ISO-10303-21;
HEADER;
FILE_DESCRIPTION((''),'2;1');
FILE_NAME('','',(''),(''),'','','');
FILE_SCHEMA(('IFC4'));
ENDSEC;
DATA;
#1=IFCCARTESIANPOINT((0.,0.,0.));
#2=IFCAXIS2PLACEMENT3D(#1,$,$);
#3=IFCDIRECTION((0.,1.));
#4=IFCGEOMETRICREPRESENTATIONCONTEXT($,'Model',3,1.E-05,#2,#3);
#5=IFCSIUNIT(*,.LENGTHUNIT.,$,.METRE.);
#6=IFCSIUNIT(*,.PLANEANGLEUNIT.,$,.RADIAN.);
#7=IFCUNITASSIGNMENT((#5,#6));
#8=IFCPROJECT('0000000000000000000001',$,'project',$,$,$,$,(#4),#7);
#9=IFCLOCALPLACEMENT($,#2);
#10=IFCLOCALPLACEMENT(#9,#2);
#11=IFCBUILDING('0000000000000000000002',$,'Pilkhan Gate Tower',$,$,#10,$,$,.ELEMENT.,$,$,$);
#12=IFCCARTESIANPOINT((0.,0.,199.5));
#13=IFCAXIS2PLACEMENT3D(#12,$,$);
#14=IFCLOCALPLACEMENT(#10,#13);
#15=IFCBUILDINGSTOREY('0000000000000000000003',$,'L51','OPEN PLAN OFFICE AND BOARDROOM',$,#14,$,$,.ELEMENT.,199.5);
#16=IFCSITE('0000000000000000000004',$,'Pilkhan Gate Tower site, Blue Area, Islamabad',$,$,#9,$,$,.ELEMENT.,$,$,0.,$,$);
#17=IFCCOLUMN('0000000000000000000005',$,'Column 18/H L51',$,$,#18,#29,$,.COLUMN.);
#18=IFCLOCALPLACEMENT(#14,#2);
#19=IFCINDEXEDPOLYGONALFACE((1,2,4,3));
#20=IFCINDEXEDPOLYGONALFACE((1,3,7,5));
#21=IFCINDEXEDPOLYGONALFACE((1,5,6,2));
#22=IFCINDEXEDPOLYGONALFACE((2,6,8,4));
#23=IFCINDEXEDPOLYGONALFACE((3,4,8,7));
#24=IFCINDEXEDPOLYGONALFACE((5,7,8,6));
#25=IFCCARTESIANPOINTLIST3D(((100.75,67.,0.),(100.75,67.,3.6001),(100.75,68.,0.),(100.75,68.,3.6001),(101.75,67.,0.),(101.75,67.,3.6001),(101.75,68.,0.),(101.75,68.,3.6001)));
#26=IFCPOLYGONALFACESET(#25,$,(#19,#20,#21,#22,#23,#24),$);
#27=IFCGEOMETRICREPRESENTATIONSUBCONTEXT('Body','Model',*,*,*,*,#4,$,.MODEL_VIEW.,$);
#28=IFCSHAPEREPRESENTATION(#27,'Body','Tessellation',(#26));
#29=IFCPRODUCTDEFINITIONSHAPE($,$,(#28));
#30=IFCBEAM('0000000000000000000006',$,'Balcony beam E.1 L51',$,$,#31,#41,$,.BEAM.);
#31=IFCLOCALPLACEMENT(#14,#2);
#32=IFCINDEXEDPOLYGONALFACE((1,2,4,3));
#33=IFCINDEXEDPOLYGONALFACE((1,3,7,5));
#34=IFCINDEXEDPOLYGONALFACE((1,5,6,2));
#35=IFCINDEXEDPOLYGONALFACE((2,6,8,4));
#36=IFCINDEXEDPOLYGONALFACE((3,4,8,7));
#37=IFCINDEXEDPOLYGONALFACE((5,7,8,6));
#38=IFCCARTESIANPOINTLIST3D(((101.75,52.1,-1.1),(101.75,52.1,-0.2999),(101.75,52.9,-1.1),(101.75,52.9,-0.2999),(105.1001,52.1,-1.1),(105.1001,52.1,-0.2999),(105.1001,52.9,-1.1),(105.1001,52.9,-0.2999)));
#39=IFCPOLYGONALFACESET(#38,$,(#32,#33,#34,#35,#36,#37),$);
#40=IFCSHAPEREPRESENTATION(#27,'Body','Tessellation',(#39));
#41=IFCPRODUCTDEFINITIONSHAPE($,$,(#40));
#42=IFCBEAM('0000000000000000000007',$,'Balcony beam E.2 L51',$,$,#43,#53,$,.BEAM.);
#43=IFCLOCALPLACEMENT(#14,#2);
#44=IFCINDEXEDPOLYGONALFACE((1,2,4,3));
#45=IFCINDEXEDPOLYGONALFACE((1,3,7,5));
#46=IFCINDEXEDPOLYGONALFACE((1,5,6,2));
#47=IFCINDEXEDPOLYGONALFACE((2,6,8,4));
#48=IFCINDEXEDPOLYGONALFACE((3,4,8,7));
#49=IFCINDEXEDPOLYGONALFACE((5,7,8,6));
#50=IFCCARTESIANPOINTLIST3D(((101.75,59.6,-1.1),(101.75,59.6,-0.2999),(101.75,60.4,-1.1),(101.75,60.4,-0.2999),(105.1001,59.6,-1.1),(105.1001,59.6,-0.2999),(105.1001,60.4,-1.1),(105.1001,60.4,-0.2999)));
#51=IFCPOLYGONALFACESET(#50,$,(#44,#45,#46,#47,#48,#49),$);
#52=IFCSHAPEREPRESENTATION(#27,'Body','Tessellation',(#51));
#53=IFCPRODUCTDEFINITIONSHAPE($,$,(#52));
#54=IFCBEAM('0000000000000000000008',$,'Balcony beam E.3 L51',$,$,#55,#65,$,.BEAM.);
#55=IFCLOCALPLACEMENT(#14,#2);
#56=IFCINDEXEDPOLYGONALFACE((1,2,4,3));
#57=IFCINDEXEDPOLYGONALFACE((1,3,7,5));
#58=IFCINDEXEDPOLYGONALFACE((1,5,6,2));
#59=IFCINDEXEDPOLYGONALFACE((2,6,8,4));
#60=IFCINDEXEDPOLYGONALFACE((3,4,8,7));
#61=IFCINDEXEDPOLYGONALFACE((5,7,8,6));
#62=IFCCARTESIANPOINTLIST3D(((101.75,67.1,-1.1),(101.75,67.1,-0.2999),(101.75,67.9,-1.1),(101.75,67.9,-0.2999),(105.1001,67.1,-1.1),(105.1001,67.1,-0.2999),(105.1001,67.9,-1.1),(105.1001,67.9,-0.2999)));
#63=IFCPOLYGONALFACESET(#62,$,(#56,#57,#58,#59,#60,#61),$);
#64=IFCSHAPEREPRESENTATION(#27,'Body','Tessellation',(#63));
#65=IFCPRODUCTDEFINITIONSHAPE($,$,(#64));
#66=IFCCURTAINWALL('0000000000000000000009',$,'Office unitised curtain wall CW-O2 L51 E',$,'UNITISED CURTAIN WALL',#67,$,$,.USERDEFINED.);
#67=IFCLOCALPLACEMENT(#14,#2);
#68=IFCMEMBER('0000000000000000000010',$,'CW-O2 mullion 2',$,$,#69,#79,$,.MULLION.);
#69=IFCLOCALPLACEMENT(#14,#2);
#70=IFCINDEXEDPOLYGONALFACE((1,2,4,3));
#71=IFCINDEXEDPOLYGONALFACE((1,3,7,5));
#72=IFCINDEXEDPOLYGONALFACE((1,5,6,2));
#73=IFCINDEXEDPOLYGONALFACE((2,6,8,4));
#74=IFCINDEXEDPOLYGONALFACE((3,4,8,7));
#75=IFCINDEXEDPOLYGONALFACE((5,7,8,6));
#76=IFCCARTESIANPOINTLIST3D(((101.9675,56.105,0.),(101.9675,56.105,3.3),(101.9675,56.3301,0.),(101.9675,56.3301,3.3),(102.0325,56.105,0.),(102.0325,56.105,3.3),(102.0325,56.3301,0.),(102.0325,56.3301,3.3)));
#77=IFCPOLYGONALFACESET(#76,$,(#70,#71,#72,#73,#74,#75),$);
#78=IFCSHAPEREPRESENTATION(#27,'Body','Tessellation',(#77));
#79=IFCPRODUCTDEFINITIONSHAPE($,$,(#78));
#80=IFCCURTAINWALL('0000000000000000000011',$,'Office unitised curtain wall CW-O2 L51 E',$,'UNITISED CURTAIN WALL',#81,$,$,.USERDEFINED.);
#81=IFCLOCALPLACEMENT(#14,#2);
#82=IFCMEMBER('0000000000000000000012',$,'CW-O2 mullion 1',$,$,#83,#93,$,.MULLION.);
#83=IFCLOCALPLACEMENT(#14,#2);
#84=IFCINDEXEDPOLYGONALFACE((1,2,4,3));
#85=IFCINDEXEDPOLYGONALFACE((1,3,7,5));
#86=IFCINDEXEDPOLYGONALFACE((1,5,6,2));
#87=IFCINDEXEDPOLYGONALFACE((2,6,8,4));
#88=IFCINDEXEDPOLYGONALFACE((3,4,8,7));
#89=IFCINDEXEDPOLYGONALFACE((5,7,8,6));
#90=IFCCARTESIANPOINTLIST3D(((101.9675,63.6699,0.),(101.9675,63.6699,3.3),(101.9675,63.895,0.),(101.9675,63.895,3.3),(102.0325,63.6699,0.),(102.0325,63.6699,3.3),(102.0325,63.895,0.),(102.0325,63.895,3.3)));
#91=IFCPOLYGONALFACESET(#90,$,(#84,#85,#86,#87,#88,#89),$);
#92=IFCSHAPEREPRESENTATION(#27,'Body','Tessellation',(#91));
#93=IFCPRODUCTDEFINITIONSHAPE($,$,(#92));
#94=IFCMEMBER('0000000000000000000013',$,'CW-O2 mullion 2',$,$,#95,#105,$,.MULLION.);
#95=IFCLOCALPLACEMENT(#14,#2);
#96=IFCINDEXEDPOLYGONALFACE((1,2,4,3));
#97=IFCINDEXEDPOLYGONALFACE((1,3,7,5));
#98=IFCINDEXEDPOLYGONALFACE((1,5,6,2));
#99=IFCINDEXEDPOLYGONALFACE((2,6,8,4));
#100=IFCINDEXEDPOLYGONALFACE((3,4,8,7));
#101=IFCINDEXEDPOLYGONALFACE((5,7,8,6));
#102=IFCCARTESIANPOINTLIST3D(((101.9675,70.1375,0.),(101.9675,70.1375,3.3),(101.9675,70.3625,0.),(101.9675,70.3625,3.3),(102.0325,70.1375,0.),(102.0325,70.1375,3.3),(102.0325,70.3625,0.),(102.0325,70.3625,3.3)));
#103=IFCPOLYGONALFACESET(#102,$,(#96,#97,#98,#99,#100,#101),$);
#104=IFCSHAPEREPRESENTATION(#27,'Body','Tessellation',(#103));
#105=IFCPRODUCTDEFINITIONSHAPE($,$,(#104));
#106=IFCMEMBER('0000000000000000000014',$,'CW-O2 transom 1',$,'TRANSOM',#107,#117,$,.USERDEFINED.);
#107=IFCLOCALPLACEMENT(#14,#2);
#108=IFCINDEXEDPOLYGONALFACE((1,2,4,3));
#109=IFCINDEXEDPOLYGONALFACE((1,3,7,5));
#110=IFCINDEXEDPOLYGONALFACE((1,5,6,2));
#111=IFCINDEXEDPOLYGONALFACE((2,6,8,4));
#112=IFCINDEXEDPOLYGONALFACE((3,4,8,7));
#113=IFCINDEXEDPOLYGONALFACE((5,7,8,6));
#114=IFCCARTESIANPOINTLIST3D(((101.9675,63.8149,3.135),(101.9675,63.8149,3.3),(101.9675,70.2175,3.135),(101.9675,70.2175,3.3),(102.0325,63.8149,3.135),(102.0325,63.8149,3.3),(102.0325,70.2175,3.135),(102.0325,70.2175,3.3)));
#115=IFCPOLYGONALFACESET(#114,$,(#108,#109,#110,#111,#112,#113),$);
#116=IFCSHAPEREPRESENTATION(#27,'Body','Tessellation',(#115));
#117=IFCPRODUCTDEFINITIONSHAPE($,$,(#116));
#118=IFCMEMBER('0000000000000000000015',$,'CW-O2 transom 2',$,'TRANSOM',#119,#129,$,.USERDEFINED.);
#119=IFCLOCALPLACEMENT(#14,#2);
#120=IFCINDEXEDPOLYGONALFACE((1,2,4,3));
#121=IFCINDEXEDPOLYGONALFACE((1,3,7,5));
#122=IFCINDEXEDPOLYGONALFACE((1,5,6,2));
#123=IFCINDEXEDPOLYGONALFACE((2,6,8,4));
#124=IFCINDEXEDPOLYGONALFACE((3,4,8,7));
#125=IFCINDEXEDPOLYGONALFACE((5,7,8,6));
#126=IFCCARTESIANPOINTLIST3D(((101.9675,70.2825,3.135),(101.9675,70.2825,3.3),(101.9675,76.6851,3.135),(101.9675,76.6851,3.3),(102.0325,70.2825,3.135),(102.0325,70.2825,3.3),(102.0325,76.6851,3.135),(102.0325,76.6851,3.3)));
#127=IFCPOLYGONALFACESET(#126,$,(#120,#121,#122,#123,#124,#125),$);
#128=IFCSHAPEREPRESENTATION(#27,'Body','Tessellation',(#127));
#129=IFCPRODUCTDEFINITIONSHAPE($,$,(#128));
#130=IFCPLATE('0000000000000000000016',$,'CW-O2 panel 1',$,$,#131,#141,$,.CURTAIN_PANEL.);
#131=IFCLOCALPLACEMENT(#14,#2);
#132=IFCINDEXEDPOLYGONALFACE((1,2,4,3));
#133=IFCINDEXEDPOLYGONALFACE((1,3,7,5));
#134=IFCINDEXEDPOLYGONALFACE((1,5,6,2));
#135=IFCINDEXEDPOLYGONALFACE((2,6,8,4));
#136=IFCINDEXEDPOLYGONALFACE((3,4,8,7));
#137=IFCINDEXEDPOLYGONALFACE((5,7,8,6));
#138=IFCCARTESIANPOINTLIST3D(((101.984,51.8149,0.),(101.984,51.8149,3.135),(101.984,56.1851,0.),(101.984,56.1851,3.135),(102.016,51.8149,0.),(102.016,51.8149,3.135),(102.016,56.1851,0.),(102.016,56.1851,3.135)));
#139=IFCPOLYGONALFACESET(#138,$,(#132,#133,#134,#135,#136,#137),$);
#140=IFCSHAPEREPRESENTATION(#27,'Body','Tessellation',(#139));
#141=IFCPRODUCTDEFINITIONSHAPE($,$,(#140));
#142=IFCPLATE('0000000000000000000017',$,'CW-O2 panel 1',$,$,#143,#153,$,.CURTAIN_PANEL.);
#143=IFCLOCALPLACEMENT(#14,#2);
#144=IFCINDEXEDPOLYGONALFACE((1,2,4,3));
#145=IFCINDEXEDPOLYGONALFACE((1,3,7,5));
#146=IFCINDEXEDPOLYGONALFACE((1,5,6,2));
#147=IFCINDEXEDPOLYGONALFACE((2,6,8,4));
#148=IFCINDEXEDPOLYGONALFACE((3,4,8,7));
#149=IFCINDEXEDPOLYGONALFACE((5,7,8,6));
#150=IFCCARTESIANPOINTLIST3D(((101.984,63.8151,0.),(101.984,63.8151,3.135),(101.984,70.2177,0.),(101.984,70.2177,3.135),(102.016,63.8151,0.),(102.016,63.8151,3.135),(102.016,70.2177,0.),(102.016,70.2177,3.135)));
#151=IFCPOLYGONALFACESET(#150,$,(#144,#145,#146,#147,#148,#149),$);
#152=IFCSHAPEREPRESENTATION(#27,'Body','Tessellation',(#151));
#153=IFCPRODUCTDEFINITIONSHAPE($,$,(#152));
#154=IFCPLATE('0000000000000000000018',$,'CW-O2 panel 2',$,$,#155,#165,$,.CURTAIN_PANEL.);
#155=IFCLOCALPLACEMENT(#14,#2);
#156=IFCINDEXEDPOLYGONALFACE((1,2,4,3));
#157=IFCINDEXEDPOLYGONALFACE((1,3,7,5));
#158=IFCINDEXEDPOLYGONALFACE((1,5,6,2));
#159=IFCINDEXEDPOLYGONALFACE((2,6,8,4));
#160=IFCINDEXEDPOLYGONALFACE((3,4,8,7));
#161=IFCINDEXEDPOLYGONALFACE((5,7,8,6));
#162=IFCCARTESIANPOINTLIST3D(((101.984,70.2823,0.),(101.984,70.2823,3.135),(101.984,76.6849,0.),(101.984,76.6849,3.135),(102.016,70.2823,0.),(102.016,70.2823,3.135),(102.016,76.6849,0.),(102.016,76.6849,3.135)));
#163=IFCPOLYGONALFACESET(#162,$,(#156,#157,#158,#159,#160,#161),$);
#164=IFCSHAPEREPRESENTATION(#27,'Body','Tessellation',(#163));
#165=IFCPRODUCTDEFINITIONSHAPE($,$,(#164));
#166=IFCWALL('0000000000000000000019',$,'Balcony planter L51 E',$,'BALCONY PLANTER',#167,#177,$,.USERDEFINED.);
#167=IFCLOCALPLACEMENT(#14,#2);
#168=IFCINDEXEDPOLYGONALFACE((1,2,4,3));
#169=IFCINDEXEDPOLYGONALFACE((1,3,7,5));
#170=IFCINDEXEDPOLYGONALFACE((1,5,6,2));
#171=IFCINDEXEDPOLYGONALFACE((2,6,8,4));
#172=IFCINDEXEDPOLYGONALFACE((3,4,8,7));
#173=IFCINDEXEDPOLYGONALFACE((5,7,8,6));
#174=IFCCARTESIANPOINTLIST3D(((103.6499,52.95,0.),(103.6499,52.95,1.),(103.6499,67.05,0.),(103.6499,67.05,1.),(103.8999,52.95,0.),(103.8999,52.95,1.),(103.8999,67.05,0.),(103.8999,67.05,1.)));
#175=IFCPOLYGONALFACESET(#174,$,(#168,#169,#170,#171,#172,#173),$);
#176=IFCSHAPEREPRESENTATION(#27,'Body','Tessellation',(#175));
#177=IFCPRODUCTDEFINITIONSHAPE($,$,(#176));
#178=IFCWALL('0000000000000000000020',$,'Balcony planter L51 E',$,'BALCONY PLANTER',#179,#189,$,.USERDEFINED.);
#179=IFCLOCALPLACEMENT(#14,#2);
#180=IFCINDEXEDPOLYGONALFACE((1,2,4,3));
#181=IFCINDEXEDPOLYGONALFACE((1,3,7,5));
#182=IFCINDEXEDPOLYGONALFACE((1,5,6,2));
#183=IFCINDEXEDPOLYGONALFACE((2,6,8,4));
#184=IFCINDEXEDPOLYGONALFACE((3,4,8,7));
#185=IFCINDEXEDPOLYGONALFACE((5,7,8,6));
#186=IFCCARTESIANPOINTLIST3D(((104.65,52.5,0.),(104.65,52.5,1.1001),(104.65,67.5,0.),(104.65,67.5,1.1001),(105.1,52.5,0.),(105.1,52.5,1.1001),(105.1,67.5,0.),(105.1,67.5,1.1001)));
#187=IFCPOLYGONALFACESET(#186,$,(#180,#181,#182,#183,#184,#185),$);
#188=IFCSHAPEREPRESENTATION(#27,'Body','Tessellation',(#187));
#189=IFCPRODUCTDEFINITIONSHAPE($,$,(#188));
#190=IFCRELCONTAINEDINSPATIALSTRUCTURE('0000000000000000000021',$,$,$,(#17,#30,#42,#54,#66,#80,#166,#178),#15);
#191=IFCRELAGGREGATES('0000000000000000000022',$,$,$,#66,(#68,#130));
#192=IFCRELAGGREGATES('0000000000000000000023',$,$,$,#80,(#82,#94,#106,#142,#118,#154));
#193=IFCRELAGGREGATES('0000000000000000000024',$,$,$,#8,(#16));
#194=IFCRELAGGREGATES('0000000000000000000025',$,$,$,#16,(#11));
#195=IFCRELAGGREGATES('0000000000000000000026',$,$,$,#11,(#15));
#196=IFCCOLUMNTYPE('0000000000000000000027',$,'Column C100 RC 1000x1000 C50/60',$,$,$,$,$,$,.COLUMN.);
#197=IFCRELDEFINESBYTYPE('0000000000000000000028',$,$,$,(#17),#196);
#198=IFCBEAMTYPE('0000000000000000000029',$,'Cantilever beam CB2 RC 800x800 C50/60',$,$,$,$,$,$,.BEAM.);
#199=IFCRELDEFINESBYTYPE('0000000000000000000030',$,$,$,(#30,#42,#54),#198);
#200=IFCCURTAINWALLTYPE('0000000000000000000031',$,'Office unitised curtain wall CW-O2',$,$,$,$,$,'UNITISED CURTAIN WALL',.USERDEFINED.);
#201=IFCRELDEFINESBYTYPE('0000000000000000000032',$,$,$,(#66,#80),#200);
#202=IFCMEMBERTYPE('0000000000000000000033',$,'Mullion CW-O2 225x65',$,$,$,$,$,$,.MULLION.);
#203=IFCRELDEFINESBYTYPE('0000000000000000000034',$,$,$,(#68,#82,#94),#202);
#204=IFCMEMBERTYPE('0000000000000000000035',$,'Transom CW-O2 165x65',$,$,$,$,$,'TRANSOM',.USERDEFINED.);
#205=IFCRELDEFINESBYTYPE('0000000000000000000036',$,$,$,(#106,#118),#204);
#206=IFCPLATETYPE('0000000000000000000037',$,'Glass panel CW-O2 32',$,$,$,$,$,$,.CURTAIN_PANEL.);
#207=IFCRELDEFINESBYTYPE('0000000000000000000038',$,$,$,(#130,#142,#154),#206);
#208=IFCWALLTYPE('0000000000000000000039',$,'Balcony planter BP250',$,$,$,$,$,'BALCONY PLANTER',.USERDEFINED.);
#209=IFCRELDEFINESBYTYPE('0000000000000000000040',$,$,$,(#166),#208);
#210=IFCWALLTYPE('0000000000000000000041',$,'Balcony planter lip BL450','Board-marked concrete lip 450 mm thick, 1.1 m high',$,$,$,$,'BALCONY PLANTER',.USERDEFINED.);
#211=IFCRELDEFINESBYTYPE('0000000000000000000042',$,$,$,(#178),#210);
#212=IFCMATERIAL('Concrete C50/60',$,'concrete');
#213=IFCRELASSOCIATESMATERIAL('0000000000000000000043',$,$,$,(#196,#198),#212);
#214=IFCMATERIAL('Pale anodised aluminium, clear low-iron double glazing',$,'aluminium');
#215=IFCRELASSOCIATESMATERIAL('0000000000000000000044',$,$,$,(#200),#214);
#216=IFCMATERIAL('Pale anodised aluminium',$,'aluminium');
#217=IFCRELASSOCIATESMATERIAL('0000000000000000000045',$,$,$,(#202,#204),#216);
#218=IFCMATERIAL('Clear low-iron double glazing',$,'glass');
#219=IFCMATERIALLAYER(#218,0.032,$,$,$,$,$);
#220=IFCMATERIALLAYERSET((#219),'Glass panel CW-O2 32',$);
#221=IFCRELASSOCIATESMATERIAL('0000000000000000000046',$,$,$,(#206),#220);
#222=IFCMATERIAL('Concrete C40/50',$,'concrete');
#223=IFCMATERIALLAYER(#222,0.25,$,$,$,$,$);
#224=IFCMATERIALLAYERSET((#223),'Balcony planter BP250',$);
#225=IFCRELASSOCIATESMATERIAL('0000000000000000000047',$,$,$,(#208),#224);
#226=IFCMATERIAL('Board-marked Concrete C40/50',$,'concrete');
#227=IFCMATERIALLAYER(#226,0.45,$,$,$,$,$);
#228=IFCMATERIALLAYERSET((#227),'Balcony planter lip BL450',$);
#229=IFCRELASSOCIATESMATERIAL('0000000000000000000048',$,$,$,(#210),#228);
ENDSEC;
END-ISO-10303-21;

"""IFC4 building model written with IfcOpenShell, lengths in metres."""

from ifc_helpers import new_model, si_unit, direction, frame, frame_2d, origin, origin_2d, place, context, subcontext, project, spatial, rectangle, extrude, material, layer, layer_set, material_profile, profile_set, type_object, element, aggregate, save


model = new_model("IFC4")

# Units and contexts
model_context = context("Model", 3, precision=1e-05, world=origin(), true_north=direction((0.0, 1.0)))
body_context = subcontext(model_context, "Body", "Model", "MODEL_VIEW")
ifc_project = project(units=[si_unit("LENGTHUNIT", "METRE"), si_unit("PLANEANGLEUNIT", "RADIAN")], contexts=[model_context])

# Site, building, storey
site_placement = place(None, origin())
site = spatial("IfcSite", under=ifc_project, at=site_placement, Name="Pilkhan Gate Tower site, Blue Area, Islamabad", CompositionType="ELEMENT", RefElevation=0.0)
building_placement = place(site_placement, origin())
building = spatial("IfcBuilding", under=site, at=building_placement, Name="Pilkhan Gate Tower", CompositionType="ELEMENT")
storey_placement = place(building_placement, frame((0.0, 0.0, 199.5)))
storey = spatial("IfcBuildingStorey", under=building, at=storey_placement, Name="L51", Description="OPEN PLAN OFFICE AND BOARDROOM", CompositionType="ELEMENT", Elevation=199.5)

# Column
ifc_material_1 = material(Name="Concrete C50/60", Category="concrete")
ifc_material_profile_1 = material_profile(ifc_material_1, rectangle(XDim=1.0, YDim=1.0, at=origin_2d()), Name="RC 1000x1000")
ifc_profile_set_1 = profile_set([ifc_material_profile_1], Name="Concrete C50/60")
column_type = type_object("IfcColumnType", Name="Column C100 RC 1000x1000 C50/60", PredefinedType="COLUMN", material=ifc_profile_set_1)
column_placement = place(storey_placement, frame((101.25, 67.5, 0.0), z_axis=(0.0, 0.0, 1.0), x_axis=(1.0, 0.0, 0.0)))
element("IfcColumn", 1, at=column_placement, inside=storey, type_object=column_type, Name="Column 18/H L51", PredefinedType="COLUMN", context=body_context, shape_type="SweptSolid", body=[
    extrude(rectangle(XDim=1.0, YDim=1.0, at=origin_2d()), origin(), (0.0, 0.0, 1.0), 3.6001),
])

# Beams
ifc_material_profile_2 = material_profile(ifc_material_1, rectangle(XDim=0.8, YDim=0.8, at=origin_2d()), Name="RC 800x800")
ifc_profile_set_2 = profile_set([ifc_material_profile_2], Name="Concrete C50/60")
beam_type = type_object("IfcBeamType", Name="Cantilever beam CB2 RC 800x800 C50/60", PredefinedType="BEAM", material=ifc_profile_set_2)
for number, where, z_axis, x_axis, name in (
    (2, (101.75, 52.5, -0.7), (1.0, 0.0, 0.0), (0.0, 1.0, 0.0), "Balcony beam E.1 L51"),
    (3, (101.75, 60.0, -0.7), (1.0, 0.0, 0.0), (0.0, 1.0, 0.0), "Balcony beam E.2 L51"),
    (4, (101.75, 67.5, -0.7), (1.0, 0.0, 0.0), (0.0, 1.0, 0.0), "Balcony beam E.3 L51"),
):
    element("IfcBeam", number, at=place(storey_placement, frame(where, z_axis=z_axis, x_axis=x_axis)), inside=storey, type_object=beam_type, Name=name, PredefinedType="BEAM", context=body_context, shape_type="SweptSolid", body=[
        extrude(rectangle(XDim=0.8, YDim=0.8, at=origin_2d()), origin(), (0.0, 0.0, 1.0), 3.3501),
    ])

# Curtain wall, member
ifc_material_2 = material(Name="Pale anodised aluminium, clear low-iron double glazing", Category="aluminium")
curtain_wall_type = type_object("IfcCurtainWallType", Name="Office unitised curtain wall CW-O2", ElementType="UNITISED CURTAIN WALL", PredefinedType="USERDEFINED", material=ifc_material_2)
curtain_wall_1_placement = place(storey_placement, origin())
curtain_wall_1 = element("IfcCurtainWall", 5, at=curtain_wall_1_placement, inside=storey, type_object=curtain_wall_type, Name="Office unitised curtain wall CW-O2 L51 E", ObjectType="UNITISED CURTAIN WALL", PredefinedType="USERDEFINED")
ifc_material_3 = material(Name="Pale anodised aluminium", Category="aluminium")
ifc_material_profile_3 = material_profile(ifc_material_3, rectangle(XDim=0.0649, YDim=0.2251, at=origin_2d()), Name="Mullion 225x65")
ifc_profile_set_3 = profile_set([ifc_material_profile_3], Name="Pale anodised aluminium")
member_type_1 = type_object("IfcMemberType", Name="Mullion CW-O2 225x65", PredefinedType="MULLION", material=ifc_profile_set_3)
member_1_placement = place(storey_placement, frame((102.0, 56.2175, 0.0), z_axis=(0.0, 0.0, 1.0), x_axis=(-1.0, 0.0, 0.0)))
member_1 = element("IfcMember", 6, at=member_1_placement, type_object=member_type_1, Name="CW-O2 mullion 2", PredefinedType="MULLION", context=body_context, shape_type="SweptSolid", body=[
    extrude(rectangle(XDim=0.0649, YDim=0.2251, at=origin_2d()), origin(), (0.0, 0.0, 1.0), 3.3),
])

# Curtain wall, members
curtain_wall_2_placement = place(storey_placement, origin())
curtain_wall_2 = element("IfcCurtainWall", 7, at=curtain_wall_2_placement, inside=storey, type_object=curtain_wall_type, Name="Office unitised curtain wall CW-O2 L51 E", ObjectType="UNITISED CURTAIN WALL", PredefinedType="USERDEFINED")
member_2_placement = place(storey_placement, frame((102.0, 63.7825, 0.0), z_axis=(0.0, 0.0, 1.0), x_axis=(-1.0, 0.0, 0.0)))
member_2 = element("IfcMember", 8, at=member_2_placement, type_object=member_type_1, Name="CW-O2 mullion 1", PredefinedType="MULLION", context=body_context, shape_type="SweptSolid", body=[
    extrude(rectangle(XDim=0.0649, YDim=0.2251, at=origin_2d()), origin(), (0.0, 0.0, 1.0), 3.3),
])
member_3_placement = place(storey_placement, frame((102.0, 70.25, 0.0), z_axis=(0.0, 0.0, 1.0), x_axis=(-1.0, 0.0, 0.0)))
member_3 = element("IfcMember", 9, at=member_3_placement, type_object=member_type_1, Name="CW-O2 mullion 2", PredefinedType="MULLION", context=body_context, shape_type="SweptSolid", body=[
    extrude(rectangle(XDim=0.0649, YDim=0.2251, at=origin_2d()), origin(), (0.0, 0.0, 1.0), 3.3),
])
ifc_material_profile_4 = material_profile(ifc_material_3, rectangle(XDim=0.0649, YDim=0.165, at=origin_2d()), Name="Transom 165x65")
ifc_profile_set_4 = profile_set([ifc_material_profile_4], Name="Pale anodised aluminium")
member_type_2 = type_object("IfcMemberType", Name="Transom CW-O2 165x65", ElementType="TRANSOM", PredefinedType="USERDEFINED", material=ifc_profile_set_4)
member_4_placement = place(storey_placement, frame((102.0, 63.8149, 3.2175), z_axis=(0.0, 1.0, 0.0), x_axis=(-1.0, 0.0, 0.0)))
member_4 = element("IfcMember", 10, at=member_4_placement, type_object=member_type_2, Name="CW-O2 transom 1", ObjectType="TRANSOM", PredefinedType="USERDEFINED", context=body_context, shape_type="SweptSolid", body=[
    extrude(rectangle(XDim=0.0649, YDim=0.165, at=origin_2d()), origin(), (0.0, 0.0, 1.0), 6.4026),
])
member_5_placement = place(storey_placement, frame((102.0, 70.2825, 3.2175), z_axis=(0.0, 1.0, 0.0), x_axis=(-1.0, 0.0, 0.0)))
member_5 = element("IfcMember", 11, at=member_5_placement, type_object=member_type_2, Name="CW-O2 transom 2", ObjectType="TRANSOM", PredefinedType="USERDEFINED", context=body_context, shape_type="SweptSolid", body=[
    extrude(rectangle(XDim=0.0649, YDim=0.165, at=origin_2d()), origin(), (0.0, 0.0, 1.0), 6.4026),
])

# Plates
ifc_material_4 = material(Name="Clear low-iron double glazing", Category="glass")
ifc_layer_1 = layer(ifc_material_4, 0.032)
ifc_layer_set_1 = layer_set([ifc_layer_1], Name="Glass panel CW-O2 32")
plate_type = type_object("IfcPlateType", Name="Glass panel CW-O2 32", PredefinedType="CURTAIN_PANEL", material=ifc_layer_set_1)
plate_1_placement = place(storey_placement, frame((102.0, 54.0, 0.0), z_axis=(0.0, 0.0, 1.0), x_axis=(0.0, 1.0, 0.0)))
plate_1 = element("IfcPlate", 12, at=plate_1_placement, type_object=plate_type, Name="CW-O2 panel 1", PredefinedType="CURTAIN_PANEL", context=body_context, shape_type="SweptSolid", body=[
    extrude(rectangle(XDim=4.3701, YDim=0.032, at=origin_2d()), origin(), (0.0, 0.0, 1.0), 3.135),
])
aggregate(curtain_wall_1, [member_1, plate_1])
plate_2_placement = place(storey_placement, frame((102.0, 67.0164, 0.0), z_axis=(0.0, 0.0, 1.0), x_axis=(0.0, 1.0, 0.0)))
plate_2 = element("IfcPlate", 13, at=plate_2_placement, type_object=plate_type, Name="CW-O2 panel 1", PredefinedType="CURTAIN_PANEL", context=body_context, shape_type="SweptSolid", body=[
    extrude(rectangle(XDim=6.4026, YDim=0.032, at=origin_2d()), origin(), (0.0, 0.0, 1.0), 3.135),
])
plate_3_placement = place(storey_placement, frame((102.0, 73.4836, 0.0), z_axis=(0.0, 0.0, 1.0), x_axis=(0.0, 1.0, 0.0)))
plate_3 = element("IfcPlate", 14, at=plate_3_placement, type_object=plate_type, Name="CW-O2 panel 2", PredefinedType="CURTAIN_PANEL", context=body_context, shape_type="SweptSolid", body=[
    extrude(rectangle(XDim=6.4026, YDim=0.032, at=origin_2d()), origin(), (0.0, 0.0, 1.0), 3.135),
])
aggregate(curtain_wall_2, [member_2, member_3, member_4, plate_2, member_5, plate_3])

# Walls
ifc_material_5 = material(Name="Concrete C40/50", Category="concrete")
ifc_layer_2 = layer(ifc_material_5, 0.25)
ifc_layer_set_2 = layer_set([ifc_layer_2], Name="Balcony planter BP250")
wall_type_1 = type_object("IfcWallType", Name="Balcony planter BP250", ElementType="BALCONY PLANTER", PredefinedType="USERDEFINED", material=ifc_layer_set_2)
wall_1_placement = place(storey_placement, frame((103.7749, 52.95, 0.0), z_axis=(0.0, 0.0, 1.0), x_axis=(0.0, 1.0, 0.0)))
element("IfcWall", 15, at=wall_1_placement, inside=storey, type_object=wall_type_1, Name="Balcony planter L51 E", ObjectType="BALCONY PLANTER", PredefinedType="USERDEFINED", context=body_context, shape_type="SweptSolid", body=[
    extrude(rectangle(XDim=14.1001, YDim=0.25, at=frame_2d((7.05, 0.0))), origin(), (0.0, 0.0, 1.0), 1.0),
])
ifc_material_6 = material(Name="Board-marked Concrete C40/50", Category="concrete")
ifc_layer_3 = layer(ifc_material_6, 0.45)
ifc_layer_set_3 = layer_set([ifc_layer_3], Name="Balcony planter lip BL450")
wall_type_2 = type_object("IfcWallType", Name="Balcony planter lip BL450", Description="Board-marked concrete lip 450 mm thick, 1.1 m high", ElementType="BALCONY PLANTER", PredefinedType="USERDEFINED", material=ifc_layer_set_3)
wall_2_placement = place(storey_placement, frame((104.875, 52.5, 0.0), z_axis=(0.0, 0.0, 1.0), x_axis=(0.0, 1.0, 0.0)))
element("IfcWall", 16, at=wall_2_placement, inside=storey, type_object=wall_type_2, Name="Balcony planter L51 E", ObjectType="BALCONY PLANTER", PredefinedType="USERDEFINED", context=body_context, shape_type="SweptSolid", body=[
    extrude(rectangle(XDim=15.0, YDim=0.45, at=frame_2d((7.5, 0.0))), origin(), (0.0, 0.0, 1.0), 1.1001),
])

save(model, "model.ifc")
